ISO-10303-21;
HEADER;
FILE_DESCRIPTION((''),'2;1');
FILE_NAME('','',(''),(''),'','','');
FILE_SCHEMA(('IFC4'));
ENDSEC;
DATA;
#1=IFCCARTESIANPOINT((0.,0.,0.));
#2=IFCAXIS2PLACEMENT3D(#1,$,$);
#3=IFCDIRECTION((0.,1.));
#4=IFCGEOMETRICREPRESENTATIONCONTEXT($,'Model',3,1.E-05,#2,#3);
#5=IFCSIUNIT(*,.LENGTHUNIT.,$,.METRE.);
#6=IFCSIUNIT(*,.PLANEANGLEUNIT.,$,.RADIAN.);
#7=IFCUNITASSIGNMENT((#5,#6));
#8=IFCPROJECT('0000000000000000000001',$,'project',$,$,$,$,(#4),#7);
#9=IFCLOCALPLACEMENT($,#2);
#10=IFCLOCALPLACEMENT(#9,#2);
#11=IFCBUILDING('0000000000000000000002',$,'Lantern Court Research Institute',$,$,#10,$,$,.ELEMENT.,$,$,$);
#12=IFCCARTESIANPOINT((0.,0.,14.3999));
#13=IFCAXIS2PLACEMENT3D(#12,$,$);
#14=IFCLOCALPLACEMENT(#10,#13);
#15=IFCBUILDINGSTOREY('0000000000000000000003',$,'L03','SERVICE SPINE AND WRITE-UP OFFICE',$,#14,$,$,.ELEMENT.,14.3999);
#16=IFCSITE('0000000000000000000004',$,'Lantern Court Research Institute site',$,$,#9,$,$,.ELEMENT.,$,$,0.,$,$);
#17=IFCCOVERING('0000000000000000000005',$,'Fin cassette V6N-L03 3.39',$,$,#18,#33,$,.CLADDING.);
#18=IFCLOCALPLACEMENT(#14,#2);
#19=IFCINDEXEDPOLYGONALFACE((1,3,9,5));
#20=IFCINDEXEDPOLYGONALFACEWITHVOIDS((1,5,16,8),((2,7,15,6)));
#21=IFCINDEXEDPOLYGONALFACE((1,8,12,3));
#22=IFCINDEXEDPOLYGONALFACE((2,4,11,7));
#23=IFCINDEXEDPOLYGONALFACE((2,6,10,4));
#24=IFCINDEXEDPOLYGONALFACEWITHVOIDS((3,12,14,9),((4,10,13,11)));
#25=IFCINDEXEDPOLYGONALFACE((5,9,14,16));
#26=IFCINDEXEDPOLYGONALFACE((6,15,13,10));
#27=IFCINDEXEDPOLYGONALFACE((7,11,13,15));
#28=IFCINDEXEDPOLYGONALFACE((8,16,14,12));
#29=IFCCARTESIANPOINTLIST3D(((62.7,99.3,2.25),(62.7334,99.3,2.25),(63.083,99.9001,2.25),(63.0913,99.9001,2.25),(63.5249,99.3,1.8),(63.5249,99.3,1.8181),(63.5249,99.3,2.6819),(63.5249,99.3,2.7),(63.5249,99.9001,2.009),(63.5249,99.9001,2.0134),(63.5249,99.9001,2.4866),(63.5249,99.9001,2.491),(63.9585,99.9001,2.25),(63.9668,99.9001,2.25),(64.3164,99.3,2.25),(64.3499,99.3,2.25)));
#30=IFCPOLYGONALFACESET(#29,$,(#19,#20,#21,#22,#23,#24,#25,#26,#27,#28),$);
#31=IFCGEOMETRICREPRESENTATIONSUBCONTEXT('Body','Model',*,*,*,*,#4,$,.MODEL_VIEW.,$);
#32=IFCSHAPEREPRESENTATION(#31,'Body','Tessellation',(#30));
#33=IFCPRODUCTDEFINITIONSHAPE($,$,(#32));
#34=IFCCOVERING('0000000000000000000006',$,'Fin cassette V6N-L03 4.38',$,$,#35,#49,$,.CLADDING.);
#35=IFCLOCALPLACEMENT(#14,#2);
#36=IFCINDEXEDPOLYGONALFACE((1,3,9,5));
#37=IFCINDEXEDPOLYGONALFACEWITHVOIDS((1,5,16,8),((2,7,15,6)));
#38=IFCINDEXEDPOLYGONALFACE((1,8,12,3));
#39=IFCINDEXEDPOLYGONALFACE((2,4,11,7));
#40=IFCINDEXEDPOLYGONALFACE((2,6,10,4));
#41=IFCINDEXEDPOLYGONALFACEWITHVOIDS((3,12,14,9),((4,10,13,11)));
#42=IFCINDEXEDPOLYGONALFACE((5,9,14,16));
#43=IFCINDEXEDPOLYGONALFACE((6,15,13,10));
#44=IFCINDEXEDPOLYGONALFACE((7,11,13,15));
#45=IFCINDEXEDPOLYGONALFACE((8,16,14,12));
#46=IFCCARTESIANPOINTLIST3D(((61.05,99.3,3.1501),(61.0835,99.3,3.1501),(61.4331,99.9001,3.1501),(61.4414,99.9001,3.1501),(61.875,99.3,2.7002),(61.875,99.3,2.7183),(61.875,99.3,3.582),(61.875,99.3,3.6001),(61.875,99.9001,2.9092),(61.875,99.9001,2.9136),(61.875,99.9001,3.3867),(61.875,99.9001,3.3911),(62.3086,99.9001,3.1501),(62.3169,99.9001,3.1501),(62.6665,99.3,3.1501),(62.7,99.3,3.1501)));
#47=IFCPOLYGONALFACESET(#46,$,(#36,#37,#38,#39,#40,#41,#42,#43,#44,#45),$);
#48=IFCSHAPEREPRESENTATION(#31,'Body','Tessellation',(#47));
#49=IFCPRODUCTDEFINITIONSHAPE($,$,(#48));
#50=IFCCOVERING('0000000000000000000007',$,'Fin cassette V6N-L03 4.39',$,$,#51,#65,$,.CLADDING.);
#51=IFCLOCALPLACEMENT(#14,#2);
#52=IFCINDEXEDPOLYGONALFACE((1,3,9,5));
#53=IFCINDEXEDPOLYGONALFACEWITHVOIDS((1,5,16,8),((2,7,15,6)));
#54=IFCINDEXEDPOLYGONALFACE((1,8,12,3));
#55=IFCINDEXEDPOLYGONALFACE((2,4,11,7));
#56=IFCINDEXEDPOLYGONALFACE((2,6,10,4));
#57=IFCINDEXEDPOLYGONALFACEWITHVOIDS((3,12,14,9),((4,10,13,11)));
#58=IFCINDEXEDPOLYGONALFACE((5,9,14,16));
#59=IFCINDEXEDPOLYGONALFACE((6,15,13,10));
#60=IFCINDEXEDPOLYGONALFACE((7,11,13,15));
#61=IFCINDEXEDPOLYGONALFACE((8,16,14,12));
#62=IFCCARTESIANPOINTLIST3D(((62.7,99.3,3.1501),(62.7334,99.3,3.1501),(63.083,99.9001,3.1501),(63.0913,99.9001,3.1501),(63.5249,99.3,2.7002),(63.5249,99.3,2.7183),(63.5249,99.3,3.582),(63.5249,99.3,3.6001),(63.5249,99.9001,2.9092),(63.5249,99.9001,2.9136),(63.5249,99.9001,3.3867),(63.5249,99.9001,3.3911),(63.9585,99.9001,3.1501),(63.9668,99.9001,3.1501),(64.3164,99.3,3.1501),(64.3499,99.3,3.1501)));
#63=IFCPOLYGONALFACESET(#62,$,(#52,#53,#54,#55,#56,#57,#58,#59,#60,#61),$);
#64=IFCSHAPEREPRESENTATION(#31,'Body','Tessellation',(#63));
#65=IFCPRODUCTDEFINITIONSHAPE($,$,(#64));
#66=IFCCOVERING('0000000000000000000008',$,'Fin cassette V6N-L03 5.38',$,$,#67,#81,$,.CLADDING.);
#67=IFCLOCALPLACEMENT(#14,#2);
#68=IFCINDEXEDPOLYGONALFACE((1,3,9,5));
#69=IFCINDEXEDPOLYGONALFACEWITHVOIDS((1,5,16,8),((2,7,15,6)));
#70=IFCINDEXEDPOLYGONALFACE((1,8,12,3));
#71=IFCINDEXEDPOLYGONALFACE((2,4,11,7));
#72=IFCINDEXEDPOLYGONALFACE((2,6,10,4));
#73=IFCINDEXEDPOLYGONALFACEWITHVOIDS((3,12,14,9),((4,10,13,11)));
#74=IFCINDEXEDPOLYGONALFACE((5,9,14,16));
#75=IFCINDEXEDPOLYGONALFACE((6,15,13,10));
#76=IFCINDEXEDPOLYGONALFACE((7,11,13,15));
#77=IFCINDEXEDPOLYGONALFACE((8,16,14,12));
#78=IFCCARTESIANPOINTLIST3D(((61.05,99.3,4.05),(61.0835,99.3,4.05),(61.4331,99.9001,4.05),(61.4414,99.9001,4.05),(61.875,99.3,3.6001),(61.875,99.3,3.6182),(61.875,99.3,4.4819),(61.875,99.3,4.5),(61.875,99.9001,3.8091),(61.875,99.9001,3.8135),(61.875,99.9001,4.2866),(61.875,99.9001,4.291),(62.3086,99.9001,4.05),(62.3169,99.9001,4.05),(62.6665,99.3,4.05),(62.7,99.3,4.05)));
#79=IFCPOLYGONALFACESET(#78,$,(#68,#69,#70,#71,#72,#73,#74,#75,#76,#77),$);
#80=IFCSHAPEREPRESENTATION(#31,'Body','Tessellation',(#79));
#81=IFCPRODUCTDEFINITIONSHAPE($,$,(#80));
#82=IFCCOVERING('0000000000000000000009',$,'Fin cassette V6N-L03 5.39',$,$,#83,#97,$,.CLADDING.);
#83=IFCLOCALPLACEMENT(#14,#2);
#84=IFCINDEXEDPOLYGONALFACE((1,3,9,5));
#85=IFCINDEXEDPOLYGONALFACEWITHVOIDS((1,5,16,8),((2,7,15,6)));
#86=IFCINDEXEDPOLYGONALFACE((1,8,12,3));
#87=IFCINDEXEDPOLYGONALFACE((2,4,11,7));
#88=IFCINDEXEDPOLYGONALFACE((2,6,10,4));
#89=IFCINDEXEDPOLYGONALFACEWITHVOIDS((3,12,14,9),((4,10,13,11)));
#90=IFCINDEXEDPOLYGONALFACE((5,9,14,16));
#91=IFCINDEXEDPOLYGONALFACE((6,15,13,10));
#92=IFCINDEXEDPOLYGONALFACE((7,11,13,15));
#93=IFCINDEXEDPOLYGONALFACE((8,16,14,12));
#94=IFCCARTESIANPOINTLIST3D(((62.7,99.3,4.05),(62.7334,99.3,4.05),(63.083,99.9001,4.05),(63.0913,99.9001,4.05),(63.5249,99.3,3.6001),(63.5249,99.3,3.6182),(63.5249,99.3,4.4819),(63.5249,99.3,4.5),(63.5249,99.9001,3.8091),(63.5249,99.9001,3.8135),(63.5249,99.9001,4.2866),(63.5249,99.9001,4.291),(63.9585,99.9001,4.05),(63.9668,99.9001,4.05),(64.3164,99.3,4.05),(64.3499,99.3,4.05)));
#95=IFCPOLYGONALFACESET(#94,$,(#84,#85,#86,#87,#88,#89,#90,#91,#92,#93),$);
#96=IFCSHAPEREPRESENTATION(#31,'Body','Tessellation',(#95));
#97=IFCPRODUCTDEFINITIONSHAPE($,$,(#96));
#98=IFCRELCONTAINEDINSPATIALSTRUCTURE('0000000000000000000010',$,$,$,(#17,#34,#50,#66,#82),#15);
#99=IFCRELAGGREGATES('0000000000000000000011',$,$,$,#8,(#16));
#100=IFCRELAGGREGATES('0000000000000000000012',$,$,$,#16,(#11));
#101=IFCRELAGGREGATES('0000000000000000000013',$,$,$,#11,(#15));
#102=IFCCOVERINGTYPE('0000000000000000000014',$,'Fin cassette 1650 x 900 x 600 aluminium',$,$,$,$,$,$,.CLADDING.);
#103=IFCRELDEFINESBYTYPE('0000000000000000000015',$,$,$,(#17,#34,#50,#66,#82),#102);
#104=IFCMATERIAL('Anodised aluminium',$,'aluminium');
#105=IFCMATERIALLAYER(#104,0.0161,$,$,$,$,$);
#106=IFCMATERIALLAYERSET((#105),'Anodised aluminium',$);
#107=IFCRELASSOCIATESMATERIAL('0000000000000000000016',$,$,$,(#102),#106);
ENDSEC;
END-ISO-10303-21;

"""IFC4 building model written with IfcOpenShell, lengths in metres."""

from ifc_helpers import new_model, entity, si_unit, direction, frame, origin, place, context, subcontext, project, spatial, material, layer, layer_set, type_object, element, save


model = new_model("IFC4")

# Units and contexts
model_context = context("Model", 3, precision=1e-05, world=origin(), true_north=direction((0.0, 1.0)))
body_context = subcontext(model_context, "Body", "Model", "MODEL_VIEW")
ifc_project = project(units=[si_unit("LENGTHUNIT", "METRE"), si_unit("PLANEANGLEUNIT", "RADIAN")], contexts=[model_context])

# Site, building, storey
site_placement = place(None, origin())
site = spatial("IfcSite", under=ifc_project, at=site_placement, Name="Lantern Court Research Institute site", CompositionType="ELEMENT", RefElevation=0.0)
building_placement = place(site_placement, origin())
building = spatial("IfcBuilding", under=site, at=building_placement, Name="Lantern Court Research Institute", CompositionType="ELEMENT")
storey_placement = place(building_placement, frame((0.0, 0.0, 14.3999)))
storey = spatial("IfcBuildingStorey", under=building, at=storey_placement, Name="L03", Description="SERVICE SPINE AND WRITE-UP OFFICE", CompositionType="ELEMENT", Elevation=14.3999)

# Coverings
ifc_material_1 = material(Name="Anodised aluminium", Category="aluminium")
ifc_layer_1 = layer(ifc_material_1, 0.0161)
ifc_layer_set_1 = layer_set([ifc_layer_1], Name="Anodised aluminium")
covering_type_1 = type_object("IfcCoveringType", Name="Fin cassette 1650 x 900 x 600 aluminium", PredefinedType="CLADDING", material=ifc_layer_set_1)
covering_1_placement = place(storey_placement, frame((63.5249, 99.3, 2.25), z_axis=(0.0, 1.0, 0.0), x_axis=(-1.0, 0.0, 0.0)))
cartesian_point_1 = entity("IfcCartesianPoint", [0.825, 0.0])
cartesian_point_2 = entity("IfcCartesianPoint", [0.7915, 0.0])
cartesian_point_3 = entity("IfcCartesianPoint", [0.4419, 0.0])
cartesian_point_4 = entity("IfcCartesianPoint", [0.4336, 0.0])
element("IfcCovering", 1, at=covering_1_placement, inside=storey, type_object=covering_type_1, Name="Fin cassette V6N-L03 3.39", PredefinedType="CLADDING", context=body_context, shape_type="SweptSolid", body=[
    entity("IfcExtrudedAreaSolidTapered", entity("IfcArbitraryProfileDefWithVoids", "AREA", None, entity("IfcPolyline", [cartesian_point_1, entity("IfcCartesianPoint", [0.0, 0.45]), entity("IfcCartesianPoint", [-0.825, 0.0]), entity("IfcCartesianPoint", [0.0, -0.45]), cartesian_point_1]), [entity("IfcPolyline", [cartesian_point_2, entity("IfcCartesianPoint", [0.0, 0.4319]), entity("IfcCartesianPoint", [-0.7915, 0.0]), entity("IfcCartesianPoint", [0.0, -0.4319]), cartesian_point_2])]), entity("IfcAxis2Placement3D", entity("IfcCartesianPoint", [0.0, 0.0, 0.0])), entity("IfcDirection", [0.0, 0.0, 1.0]), 0.6001, entity("IfcArbitraryProfileDefWithVoids", "AREA", None, entity("IfcPolyline", [cartesian_point_3, entity("IfcCartesianPoint", [0.0, 0.241]), entity("IfcCartesianPoint", [-0.4419, 0.0]), entity("IfcCartesianPoint", [0.0, -0.241]), cartesian_point_3]), [entity("IfcPolyline", [cartesian_point_4, entity("IfcCartesianPoint", [0.0, 0.2366]), entity("IfcCartesianPoint", [-0.4336, 0.0]), entity("IfcCartesianPoint", [0.0, -0.2366]), cartesian_point_4])])),
])
covering_2_placement = place(storey_placement, frame((61.875, 99.3, 3.1501), z_axis=(0.0, 1.0, 0.0), x_axis=(-1.0, 0.0, 0.0)))
cartesian_point_5 = entity("IfcCartesianPoint", [0.825, 0.0])
cartesian_point_6 = entity("IfcCartesianPoint", [0.7915, 0.0])
cartesian_point_7 = entity("IfcCartesianPoint", [0.4419, 0.0])
cartesian_point_8 = entity("IfcCartesianPoint", [0.4336, 0.0])
element("IfcCovering", 2, at=covering_2_placement, inside=storey, type_object=covering_type_1, Name="Fin cassette V6N-L03 4.38", PredefinedType="CLADDING", context=body_context, shape_type="SweptSolid", body=[
    entity("IfcExtrudedAreaSolidTapered", entity("IfcArbitraryProfileDefWithVoids", "AREA", None, entity("IfcPolyline", [cartesian_point_5, entity("IfcCartesianPoint", [0.0, 0.45]), entity("IfcCartesianPoint", [-0.825, 0.0]), entity("IfcCartesianPoint", [0.0, -0.45]), cartesian_point_5]), [entity("IfcPolyline", [cartesian_point_6, entity("IfcCartesianPoint", [0.0, 0.4319]), entity("IfcCartesianPoint", [-0.7915, 0.0]), entity("IfcCartesianPoint", [0.0, -0.4319]), cartesian_point_6])]), entity("IfcAxis2Placement3D", entity("IfcCartesianPoint", [0.0, 0.0, 0.0])), entity("IfcDirection", [0.0, 0.0, 1.0]), 0.6001, entity("IfcArbitraryProfileDefWithVoids", "AREA", None, entity("IfcPolyline", [cartesian_point_7, entity("IfcCartesianPoint", [0.0, 0.241]), entity("IfcCartesianPoint", [-0.4419, 0.0]), entity("IfcCartesianPoint", [0.0, -0.241]), cartesian_point_7]), [entity("IfcPolyline", [cartesian_point_8, entity("IfcCartesianPoint", [0.0, 0.2366]), entity("IfcCartesianPoint", [-0.4336, 0.0]), entity("IfcCartesianPoint", [0.0, -0.2366]), cartesian_point_8])])),
])
covering_3_placement = place(storey_placement, frame((63.5249, 99.3, 3.1501), z_axis=(0.0, 1.0, 0.0), x_axis=(-1.0, 0.0, 0.0)))
cartesian_point_9 = entity("IfcCartesianPoint", [0.825, 0.0])
cartesian_point_10 = entity("IfcCartesianPoint", [0.7915, 0.0])
cartesian_point_11 = entity("IfcCartesianPoint", [0.4419, 0.0])
cartesian_point_12 = entity("IfcCartesianPoint", [0.4336, 0.0])
element("IfcCovering", 3, at=covering_3_placement, inside=storey, type_object=covering_type_1, Name="Fin cassette V6N-L03 4.39", PredefinedType="CLADDING", context=body_context, shape_type="SweptSolid", body=[
    entity("IfcExtrudedAreaSolidTapered", entity("IfcArbitraryProfileDefWithVoids", "AREA", None, entity("IfcPolyline", [cartesian_point_9, entity("IfcCartesianPoint", [0.0, 0.45]), entity("IfcCartesianPoint", [-0.825, 0.0]), entity("IfcCartesianPoint", [0.0, -0.45]), cartesian_point_9]), [entity("IfcPolyline", [cartesian_point_10, entity("IfcCartesianPoint", [0.0, 0.4319]), entity("IfcCartesianPoint", [-0.7915, 0.0]), entity("IfcCartesianPoint", [0.0, -0.4319]), cartesian_point_10])]), entity("IfcAxis2Placement3D", entity("IfcCartesianPoint", [0.0, 0.0, 0.0])), entity("IfcDirection", [0.0, 0.0, 1.0]), 0.6001, entity("IfcArbitraryProfileDefWithVoids", "AREA", None, entity("IfcPolyline", [cartesian_point_11, entity("IfcCartesianPoint", [0.0, 0.241]), entity("IfcCartesianPoint", [-0.4419, 0.0]), entity("IfcCartesianPoint", [0.0, -0.241]), cartesian_point_11]), [entity("IfcPolyline", [cartesian_point_12, entity("IfcCartesianPoint", [0.0, 0.2366]), entity("IfcCartesianPoint", [-0.4336, 0.0]), entity("IfcCartesianPoint", [0.0, -0.2366]), cartesian_point_12])])),
])
covering_4_placement = place(storey_placement, frame((61.875, 99.3, 4.05), z_axis=(0.0, 1.0, 0.0), x_axis=(-1.0, 0.0, 0.0)))
cartesian_point_13 = entity("IfcCartesianPoint", [0.825, 0.0])
cartesian_point_14 = entity("IfcCartesianPoint", [0.7915, 0.0])
cartesian_point_15 = entity("IfcCartesianPoint", [0.4419, 0.0])
cartesian_point_16 = entity("IfcCartesianPoint", [0.4336, 0.0])
element("IfcCovering", 4, at=covering_4_placement, inside=storey, type_object=covering_type_1, Name="Fin cassette V6N-L03 5.38", PredefinedType="CLADDING", context=body_context, shape_type="SweptSolid", body=[
    entity("IfcExtrudedAreaSolidTapered", entity("IfcArbitraryProfileDefWithVoids", "AREA", None, entity("IfcPolyline", [cartesian_point_13, entity("IfcCartesianPoint", [0.0, 0.45]), entity("IfcCartesianPoint", [-0.825, 0.0]), entity("IfcCartesianPoint", [0.0, -0.45]), cartesian_point_13]), [entity("IfcPolyline", [cartesian_point_14, entity("IfcCartesianPoint", [0.0, 0.4319]), entity("IfcCartesianPoint", [-0.7915, 0.0]), entity("IfcCartesianPoint", [0.0, -0.4319]), cartesian_point_14])]), entity("IfcAxis2Placement3D", entity("IfcCartesianPoint", [0.0, 0.0, 0.0])), entity("IfcDirection", [0.0, 0.0, 1.0]), 0.6001, entity("IfcArbitraryProfileDefWithVoids", "AREA", None, entity("IfcPolyline", [cartesian_point_15, entity("IfcCartesianPoint", [0.0, 0.241]), entity("IfcCartesianPoint", [-0.4419, 0.0]), entity("IfcCartesianPoint", [0.0, -0.241]), cartesian_point_15]), [entity("IfcPolyline", [cartesian_point_16, entity("IfcCartesianPoint", [0.0, 0.2366]), entity("IfcCartesianPoint", [-0.4336, 0.0]), entity("IfcCartesianPoint", [0.0, -0.2366]), cartesian_point_16])])),
])
covering_5_placement = place(storey_placement, frame((63.5249, 99.3, 4.05), z_axis=(0.0, 1.0, 0.0), x_axis=(-1.0, 0.0, 0.0)))
cartesian_point_17 = entity("IfcCartesianPoint", [0.825, 0.0])
cartesian_point_18 = entity("IfcCartesianPoint", [0.7915, 0.0])
cartesian_point_19 = entity("IfcCartesianPoint", [0.4419, 0.0])
cartesian_point_20 = entity("IfcCartesianPoint", [0.4336, 0.0])
element("IfcCovering", 5, at=covering_5_placement, inside=storey, type_object=covering_type_1, Name="Fin cassette V6N-L03 5.39", PredefinedType="CLADDING", context=body_context, shape_type="SweptSolid", body=[
    entity("IfcExtrudedAreaSolidTapered", entity("IfcArbitraryProfileDefWithVoids", "AREA", None, entity("IfcPolyline", [cartesian_point_17, entity("IfcCartesianPoint", [0.0, 0.45]), entity("IfcCartesianPoint", [-0.825, 0.0]), entity("IfcCartesianPoint", [0.0, -0.45]), cartesian_point_17]), [entity("IfcPolyline", [cartesian_point_18, entity("IfcCartesianPoint", [0.0, 0.4319]), entity("IfcCartesianPoint", [-0.7915, 0.0]), entity("IfcCartesianPoint", [0.0, -0.4319]), cartesian_point_18])]), entity("IfcAxis2Placement3D", entity("IfcCartesianPoint", [0.0, 0.0, 0.0])), entity("IfcDirection", [0.0, 0.0, 1.0]), 0.6001, entity("IfcArbitraryProfileDefWithVoids", "AREA", None, entity("IfcPolyline", [cartesian_point_19, entity("IfcCartesianPoint", [0.0, 0.241]), entity("IfcCartesianPoint", [-0.4419, 0.0]), entity("IfcCartesianPoint", [0.0, -0.241]), cartesian_point_19]), [entity("IfcPolyline", [cartesian_point_20, entity("IfcCartesianPoint", [0.0, 0.2366]), entity("IfcCartesianPoint", [-0.4336, 0.0]), entity("IfcCartesianPoint", [0.0, -0.2366]), cartesian_point_20])])),
])

save(model, "model.ifc")
